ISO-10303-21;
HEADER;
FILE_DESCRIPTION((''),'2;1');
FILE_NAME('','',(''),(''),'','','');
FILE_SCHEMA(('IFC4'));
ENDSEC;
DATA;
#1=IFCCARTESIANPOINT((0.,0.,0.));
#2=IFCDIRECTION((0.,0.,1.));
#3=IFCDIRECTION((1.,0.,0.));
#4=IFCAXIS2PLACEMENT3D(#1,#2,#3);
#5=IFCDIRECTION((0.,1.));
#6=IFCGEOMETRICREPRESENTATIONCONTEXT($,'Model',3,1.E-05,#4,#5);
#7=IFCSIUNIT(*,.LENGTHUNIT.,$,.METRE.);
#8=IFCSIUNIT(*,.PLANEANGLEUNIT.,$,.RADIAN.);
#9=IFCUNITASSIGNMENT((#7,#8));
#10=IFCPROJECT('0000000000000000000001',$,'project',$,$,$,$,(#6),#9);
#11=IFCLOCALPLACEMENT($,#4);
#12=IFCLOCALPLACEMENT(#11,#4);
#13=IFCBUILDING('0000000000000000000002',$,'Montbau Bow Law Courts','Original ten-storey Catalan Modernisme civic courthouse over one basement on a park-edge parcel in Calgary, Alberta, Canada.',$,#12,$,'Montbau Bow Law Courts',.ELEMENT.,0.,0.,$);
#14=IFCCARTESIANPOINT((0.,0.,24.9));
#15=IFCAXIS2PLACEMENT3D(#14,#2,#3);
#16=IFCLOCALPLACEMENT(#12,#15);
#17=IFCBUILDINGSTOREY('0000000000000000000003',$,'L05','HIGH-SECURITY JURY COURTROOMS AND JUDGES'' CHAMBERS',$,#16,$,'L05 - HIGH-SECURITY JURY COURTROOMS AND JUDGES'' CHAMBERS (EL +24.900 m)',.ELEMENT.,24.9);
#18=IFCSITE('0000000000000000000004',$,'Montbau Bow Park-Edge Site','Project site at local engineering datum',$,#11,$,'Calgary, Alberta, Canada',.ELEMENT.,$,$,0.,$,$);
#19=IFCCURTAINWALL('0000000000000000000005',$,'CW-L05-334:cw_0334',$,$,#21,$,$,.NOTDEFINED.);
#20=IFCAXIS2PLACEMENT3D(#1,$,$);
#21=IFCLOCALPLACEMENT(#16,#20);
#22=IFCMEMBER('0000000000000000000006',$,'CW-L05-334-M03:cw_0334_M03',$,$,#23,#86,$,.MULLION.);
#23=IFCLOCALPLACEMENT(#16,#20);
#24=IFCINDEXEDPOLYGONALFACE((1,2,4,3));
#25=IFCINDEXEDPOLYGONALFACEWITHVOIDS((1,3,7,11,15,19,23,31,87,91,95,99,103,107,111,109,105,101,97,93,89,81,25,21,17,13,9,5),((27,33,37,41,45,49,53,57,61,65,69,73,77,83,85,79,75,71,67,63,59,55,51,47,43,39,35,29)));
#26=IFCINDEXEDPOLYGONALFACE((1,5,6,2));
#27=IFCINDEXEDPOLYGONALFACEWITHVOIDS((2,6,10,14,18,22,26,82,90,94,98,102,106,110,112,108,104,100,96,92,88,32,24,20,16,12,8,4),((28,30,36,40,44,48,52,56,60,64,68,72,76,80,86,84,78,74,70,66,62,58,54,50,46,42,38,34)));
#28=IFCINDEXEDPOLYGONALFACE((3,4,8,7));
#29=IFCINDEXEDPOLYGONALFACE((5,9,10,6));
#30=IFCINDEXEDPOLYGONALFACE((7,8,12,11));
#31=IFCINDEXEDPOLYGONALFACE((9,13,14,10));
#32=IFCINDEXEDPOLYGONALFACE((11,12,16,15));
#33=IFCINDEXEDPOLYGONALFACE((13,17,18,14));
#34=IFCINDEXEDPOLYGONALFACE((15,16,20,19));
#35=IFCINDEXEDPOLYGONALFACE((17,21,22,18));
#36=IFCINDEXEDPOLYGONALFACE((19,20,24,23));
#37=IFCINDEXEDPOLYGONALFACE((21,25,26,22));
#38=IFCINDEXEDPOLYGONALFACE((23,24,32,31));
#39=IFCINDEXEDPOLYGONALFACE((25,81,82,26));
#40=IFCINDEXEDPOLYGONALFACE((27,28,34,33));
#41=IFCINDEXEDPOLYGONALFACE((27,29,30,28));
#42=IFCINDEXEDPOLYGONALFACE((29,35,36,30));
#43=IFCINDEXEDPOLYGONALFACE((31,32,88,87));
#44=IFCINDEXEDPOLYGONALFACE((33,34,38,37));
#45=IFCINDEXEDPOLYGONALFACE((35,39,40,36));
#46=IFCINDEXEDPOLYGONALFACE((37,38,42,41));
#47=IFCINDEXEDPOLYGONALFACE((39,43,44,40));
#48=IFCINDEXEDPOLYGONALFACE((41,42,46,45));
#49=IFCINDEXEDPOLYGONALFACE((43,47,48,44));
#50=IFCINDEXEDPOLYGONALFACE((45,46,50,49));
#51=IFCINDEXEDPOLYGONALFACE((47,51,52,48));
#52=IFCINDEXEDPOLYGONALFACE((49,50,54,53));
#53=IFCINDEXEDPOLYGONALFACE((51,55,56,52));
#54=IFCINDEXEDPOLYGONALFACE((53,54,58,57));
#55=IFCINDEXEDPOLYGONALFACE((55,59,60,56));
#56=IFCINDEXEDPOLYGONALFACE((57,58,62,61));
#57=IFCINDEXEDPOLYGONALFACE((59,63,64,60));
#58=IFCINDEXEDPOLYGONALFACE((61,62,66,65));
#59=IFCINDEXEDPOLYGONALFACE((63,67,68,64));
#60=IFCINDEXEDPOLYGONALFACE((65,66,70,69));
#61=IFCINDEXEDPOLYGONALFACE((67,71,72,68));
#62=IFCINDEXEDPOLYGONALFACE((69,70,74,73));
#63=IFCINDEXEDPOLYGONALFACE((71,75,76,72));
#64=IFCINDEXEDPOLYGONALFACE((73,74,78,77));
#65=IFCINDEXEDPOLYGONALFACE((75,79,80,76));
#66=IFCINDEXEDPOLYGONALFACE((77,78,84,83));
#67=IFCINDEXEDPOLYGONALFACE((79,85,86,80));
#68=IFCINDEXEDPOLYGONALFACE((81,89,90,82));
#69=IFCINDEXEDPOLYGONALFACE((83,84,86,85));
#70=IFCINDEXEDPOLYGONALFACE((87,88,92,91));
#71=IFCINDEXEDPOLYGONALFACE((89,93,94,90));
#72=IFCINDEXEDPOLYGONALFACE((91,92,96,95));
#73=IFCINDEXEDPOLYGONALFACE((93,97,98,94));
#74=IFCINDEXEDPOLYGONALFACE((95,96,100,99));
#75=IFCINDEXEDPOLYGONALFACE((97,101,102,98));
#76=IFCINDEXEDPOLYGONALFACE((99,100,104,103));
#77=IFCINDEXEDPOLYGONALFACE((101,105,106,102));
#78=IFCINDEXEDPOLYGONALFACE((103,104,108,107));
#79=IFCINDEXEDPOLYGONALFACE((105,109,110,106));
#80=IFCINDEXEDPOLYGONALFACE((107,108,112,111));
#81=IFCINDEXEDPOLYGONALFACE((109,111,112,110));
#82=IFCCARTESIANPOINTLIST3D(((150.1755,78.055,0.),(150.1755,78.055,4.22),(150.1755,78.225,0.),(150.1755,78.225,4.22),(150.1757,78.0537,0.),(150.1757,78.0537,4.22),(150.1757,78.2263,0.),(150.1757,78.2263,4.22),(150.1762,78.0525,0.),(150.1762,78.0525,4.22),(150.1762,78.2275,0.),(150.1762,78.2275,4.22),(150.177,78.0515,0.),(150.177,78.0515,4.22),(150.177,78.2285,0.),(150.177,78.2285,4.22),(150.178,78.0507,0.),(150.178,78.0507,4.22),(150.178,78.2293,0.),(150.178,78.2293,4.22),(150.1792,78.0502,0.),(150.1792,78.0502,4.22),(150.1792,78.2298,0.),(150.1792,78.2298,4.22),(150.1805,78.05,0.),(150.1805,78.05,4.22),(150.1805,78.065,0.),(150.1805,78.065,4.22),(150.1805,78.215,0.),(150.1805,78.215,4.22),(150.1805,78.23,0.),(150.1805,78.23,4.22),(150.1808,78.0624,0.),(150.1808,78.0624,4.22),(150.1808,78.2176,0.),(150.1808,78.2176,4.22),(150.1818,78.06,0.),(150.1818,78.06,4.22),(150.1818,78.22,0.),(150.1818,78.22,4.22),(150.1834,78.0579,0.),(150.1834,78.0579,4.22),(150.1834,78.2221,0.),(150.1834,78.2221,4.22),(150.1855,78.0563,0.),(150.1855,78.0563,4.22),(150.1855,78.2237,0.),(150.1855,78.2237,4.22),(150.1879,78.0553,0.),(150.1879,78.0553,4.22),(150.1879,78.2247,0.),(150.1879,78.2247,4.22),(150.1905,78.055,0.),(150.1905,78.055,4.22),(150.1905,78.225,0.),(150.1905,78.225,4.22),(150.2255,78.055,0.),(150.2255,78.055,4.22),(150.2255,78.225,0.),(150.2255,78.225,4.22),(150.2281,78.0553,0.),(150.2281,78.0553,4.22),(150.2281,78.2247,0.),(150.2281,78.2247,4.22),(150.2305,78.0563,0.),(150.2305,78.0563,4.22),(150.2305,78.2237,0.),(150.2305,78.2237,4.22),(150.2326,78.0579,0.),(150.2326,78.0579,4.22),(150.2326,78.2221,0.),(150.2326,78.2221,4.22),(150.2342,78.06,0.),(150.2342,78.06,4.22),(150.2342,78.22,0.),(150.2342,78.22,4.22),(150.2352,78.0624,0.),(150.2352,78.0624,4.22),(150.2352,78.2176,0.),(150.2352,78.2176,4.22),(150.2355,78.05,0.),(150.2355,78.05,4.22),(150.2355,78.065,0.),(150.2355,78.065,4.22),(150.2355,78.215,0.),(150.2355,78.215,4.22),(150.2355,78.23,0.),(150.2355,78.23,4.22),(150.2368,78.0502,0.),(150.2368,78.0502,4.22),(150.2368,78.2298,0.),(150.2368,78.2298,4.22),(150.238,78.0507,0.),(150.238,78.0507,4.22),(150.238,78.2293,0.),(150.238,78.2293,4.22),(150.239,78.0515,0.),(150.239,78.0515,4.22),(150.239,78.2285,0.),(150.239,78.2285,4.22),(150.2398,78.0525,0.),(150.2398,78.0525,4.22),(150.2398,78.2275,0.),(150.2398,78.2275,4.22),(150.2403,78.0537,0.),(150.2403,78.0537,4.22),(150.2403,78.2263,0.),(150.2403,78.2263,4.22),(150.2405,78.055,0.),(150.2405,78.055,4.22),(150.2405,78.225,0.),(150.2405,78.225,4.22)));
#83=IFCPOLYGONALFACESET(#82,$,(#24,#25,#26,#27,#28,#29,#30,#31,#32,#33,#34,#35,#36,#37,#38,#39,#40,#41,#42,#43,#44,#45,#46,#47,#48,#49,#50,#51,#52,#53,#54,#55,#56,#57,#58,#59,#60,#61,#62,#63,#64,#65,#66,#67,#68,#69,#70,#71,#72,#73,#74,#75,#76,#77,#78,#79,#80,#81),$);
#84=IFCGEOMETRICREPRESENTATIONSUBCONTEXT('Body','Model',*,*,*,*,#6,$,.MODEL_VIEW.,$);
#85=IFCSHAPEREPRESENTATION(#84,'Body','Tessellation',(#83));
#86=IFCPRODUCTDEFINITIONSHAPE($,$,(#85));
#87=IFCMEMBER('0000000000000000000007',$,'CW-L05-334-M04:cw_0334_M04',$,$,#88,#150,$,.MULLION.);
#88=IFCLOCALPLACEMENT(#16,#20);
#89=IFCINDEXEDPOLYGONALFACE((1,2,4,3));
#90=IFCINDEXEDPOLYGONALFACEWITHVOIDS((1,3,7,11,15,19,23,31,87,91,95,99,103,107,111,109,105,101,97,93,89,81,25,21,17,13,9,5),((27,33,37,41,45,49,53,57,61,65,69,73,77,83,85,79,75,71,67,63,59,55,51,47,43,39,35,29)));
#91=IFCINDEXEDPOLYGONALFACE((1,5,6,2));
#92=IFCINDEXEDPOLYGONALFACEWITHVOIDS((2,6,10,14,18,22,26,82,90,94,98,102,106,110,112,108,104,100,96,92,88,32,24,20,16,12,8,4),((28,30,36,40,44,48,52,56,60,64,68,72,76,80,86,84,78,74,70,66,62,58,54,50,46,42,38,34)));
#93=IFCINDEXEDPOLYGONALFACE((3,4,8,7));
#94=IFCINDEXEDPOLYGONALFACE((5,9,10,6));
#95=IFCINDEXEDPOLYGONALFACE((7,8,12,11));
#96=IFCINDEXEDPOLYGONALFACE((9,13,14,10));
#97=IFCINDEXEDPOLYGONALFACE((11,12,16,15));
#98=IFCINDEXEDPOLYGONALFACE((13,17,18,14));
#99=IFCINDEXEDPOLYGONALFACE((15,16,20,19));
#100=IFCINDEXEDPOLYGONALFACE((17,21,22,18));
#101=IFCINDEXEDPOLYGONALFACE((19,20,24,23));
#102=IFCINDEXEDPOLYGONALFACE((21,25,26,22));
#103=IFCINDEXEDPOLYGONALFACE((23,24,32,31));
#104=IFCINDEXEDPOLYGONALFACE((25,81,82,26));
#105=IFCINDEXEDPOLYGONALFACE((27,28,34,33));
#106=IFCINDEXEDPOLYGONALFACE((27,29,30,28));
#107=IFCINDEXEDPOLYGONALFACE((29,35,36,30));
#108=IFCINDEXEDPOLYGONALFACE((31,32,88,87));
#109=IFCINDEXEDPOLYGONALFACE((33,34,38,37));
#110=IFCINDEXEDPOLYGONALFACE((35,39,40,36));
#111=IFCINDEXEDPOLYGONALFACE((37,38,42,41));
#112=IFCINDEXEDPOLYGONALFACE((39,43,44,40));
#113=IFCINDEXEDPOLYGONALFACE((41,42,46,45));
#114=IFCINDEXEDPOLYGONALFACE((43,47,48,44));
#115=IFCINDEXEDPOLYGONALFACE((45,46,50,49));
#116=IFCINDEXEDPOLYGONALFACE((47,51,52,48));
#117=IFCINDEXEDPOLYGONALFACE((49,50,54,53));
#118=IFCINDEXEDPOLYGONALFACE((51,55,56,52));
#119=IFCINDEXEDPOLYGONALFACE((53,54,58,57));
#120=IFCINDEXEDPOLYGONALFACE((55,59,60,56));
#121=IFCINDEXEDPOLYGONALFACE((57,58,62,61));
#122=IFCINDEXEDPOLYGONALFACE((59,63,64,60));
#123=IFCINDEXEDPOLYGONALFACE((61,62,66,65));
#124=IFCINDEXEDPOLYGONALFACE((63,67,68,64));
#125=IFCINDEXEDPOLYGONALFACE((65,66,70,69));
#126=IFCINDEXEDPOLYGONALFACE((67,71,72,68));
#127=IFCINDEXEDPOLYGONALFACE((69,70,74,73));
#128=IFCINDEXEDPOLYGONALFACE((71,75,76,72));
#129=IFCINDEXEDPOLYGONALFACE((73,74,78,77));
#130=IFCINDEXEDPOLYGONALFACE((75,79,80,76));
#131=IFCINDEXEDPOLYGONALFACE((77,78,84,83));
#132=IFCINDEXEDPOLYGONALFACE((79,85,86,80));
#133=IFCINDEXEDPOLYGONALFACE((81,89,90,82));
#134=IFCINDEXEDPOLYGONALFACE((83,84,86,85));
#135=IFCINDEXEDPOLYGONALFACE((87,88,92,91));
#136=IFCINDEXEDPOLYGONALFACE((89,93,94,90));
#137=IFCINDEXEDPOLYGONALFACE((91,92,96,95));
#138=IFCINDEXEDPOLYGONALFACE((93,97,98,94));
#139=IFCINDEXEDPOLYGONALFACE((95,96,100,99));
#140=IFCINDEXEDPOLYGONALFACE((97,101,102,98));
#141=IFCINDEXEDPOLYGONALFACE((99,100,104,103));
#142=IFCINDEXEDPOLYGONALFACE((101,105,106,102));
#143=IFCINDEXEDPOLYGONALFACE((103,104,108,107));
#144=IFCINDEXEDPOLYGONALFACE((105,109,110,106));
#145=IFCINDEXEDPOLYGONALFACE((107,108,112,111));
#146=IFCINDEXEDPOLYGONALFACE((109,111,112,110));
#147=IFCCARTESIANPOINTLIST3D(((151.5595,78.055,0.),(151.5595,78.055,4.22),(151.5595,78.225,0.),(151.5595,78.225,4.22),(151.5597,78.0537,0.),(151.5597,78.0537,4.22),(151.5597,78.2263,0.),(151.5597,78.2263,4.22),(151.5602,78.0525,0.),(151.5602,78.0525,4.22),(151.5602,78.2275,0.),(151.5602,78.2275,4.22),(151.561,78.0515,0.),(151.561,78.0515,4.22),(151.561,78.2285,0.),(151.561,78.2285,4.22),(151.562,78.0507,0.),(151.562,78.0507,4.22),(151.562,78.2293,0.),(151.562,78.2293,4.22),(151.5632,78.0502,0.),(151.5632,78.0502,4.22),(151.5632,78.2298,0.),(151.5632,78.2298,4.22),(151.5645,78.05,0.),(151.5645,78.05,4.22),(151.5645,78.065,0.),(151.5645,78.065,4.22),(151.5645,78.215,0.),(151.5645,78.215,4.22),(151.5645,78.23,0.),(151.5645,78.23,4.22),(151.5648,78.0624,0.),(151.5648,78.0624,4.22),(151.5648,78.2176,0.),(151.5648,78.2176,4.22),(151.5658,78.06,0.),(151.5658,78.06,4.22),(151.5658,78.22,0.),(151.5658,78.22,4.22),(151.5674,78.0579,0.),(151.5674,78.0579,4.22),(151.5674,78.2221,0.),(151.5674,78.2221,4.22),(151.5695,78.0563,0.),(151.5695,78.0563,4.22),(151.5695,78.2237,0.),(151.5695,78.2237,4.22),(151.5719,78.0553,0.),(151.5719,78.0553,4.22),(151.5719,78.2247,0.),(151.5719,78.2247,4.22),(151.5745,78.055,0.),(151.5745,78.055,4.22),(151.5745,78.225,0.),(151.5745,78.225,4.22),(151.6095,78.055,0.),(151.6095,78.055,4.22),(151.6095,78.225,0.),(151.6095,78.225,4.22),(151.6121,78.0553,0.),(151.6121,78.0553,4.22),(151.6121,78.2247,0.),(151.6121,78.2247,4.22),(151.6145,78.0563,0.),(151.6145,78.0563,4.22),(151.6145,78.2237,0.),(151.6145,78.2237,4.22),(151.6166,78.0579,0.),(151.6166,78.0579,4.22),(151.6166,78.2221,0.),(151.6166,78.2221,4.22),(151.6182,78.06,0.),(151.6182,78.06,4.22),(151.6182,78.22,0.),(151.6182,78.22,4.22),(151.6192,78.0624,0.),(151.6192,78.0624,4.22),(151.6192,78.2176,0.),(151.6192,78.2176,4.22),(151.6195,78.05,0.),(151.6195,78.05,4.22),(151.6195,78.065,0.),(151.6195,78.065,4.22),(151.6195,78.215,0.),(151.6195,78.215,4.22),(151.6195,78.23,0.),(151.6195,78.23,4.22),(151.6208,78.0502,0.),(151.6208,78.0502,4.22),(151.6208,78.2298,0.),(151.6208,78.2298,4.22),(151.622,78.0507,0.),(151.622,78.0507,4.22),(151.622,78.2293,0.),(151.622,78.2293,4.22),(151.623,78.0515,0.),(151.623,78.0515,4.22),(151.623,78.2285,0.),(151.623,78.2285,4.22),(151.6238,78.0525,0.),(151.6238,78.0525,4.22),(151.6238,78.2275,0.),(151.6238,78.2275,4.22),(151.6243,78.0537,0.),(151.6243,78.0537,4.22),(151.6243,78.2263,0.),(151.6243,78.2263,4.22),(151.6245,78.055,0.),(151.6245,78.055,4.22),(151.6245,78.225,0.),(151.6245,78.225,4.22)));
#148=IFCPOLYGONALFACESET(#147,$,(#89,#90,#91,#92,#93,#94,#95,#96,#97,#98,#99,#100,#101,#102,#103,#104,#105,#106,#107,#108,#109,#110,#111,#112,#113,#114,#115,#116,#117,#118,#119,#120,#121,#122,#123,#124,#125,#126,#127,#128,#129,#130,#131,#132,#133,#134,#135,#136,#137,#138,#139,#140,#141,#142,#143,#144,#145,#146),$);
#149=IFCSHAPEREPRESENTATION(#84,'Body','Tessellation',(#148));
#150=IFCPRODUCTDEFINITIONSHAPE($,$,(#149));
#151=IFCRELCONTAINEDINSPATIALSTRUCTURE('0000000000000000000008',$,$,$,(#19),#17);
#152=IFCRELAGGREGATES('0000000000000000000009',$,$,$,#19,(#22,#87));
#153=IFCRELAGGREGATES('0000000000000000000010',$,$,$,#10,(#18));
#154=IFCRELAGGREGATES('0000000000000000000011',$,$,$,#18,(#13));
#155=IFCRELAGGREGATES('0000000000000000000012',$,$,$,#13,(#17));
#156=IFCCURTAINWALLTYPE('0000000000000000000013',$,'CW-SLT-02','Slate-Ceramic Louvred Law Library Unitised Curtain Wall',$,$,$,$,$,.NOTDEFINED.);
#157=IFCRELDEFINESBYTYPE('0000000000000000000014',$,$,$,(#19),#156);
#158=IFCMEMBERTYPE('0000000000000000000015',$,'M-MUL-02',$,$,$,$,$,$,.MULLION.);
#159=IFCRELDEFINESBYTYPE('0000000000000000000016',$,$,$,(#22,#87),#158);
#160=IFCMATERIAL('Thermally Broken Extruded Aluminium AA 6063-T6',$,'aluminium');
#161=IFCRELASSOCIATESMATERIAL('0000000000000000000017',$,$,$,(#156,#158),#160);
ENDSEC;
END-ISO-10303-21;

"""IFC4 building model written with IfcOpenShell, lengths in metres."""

from ifc_helpers import new_model, si_unit, direction, frame, origin_with_axes, origin_2d_with_axis, place, context, subcontext, project, spatial, hollow_rectangle, extrude, material, material_profile, profile_set, type_object, element, aggregate, save


model = new_model("IFC4")

# Units and contexts
model_context = context("Model", 3, precision=1e-05, world=origin_with_axes(), true_north=direction((0.0, 1.0)))
body_context = subcontext(model_context, "Body", "Model", "MODEL_VIEW")
ifc_project = project(units=[si_unit("LENGTHUNIT", "METRE"), si_unit("PLANEANGLEUNIT", "RADIAN")], contexts=[model_context])

# Site, building, storey
site_placement = place(None, origin_with_axes())
site = spatial("IfcSite", under=ifc_project, at=site_placement, Name="Montbau Bow Park-Edge Site", Description="Project site at local engineering datum", LongName="Calgary, Alberta, Canada", CompositionType="ELEMENT", RefElevation=0.0)
building_placement = place(site_placement, origin_with_axes())
building = spatial("IfcBuilding", under=site, at=building_placement, Name="Montbau Bow Law Courts", Description="Original ten-storey Catalan Modernisme civic courthouse over one basement on a park-edge parcel in Calgary, Alberta, Canada.", LongName="Montbau Bow Law Courts", CompositionType="ELEMENT", ElevationOfRefHeight=0.0, ElevationOfTerrain=0.0)
storey_placement = place(building_placement, frame((0.0, 0.0, 24.9), z_axis=(0.0, 0.0, 1.0), x_axis=(1.0, 0.0, 0.0)))
storey = spatial("IfcBuildingStorey", under=building, at=storey_placement, Name="L05", Description="HIGH-SECURITY JURY COURTROOMS AND JUDGES' CHAMBERS", LongName="L05 - HIGH-SECURITY JURY COURTROOMS AND JUDGES' CHAMBERS (EL +24.900 m)", CompositionType="ELEMENT", Elevation=24.9)

# Curtain wall, members
ifc_material_1 = material(Name="Thermally Broken Extruded Aluminium AA 6063-T6", Category="aluminium")
curtain_wall_type = type_object("IfcCurtainWallType", Name="CW-SLT-02", Description="Slate-Ceramic Louvred Law Library Unitised Curtain Wall", PredefinedType="NOTDEFINED", material=ifc_material_1)
curtain_wall_placement = place(None, frame((147.44, 78.14, 24.9), z_axis=(0.0, 0.0, 1.0), x_axis=(1.0, 0.0, 0.0)))
curtain_wall = element("IfcCurtainWall", 1, at=curtain_wall_placement, inside=storey, type_object=curtain_wall_type, Name="CW-L05-334:cw_0334", PredefinedType="NOTDEFINED")
ifc_material_profile_1 = material_profile(ifc_material_1, hollow_rectangle(XDim=0.065, YDim=0.18, WallThickness=0.005, InnerFilletRadius=0.01, OuterFilletRadius=0.005, at=origin_2d_with_axis()), Name="CWM-180X65", Category="Main", Priority=0)
ifc_profile_set_1 = profile_set([ifc_material_profile_1], Name="Thermally Broken Extruded Aluminium AA 6063-T6")
member_type_1 = type_object("IfcMemberType", Name="M-MUL-02", PredefinedType="MULLION", material=ifc_profile_set_1)
member_1_placement = place(None, frame((150.208, 78.14, 24.9), z_axis=(0.0, 0.0, 1.0), x_axis=(1.0, 0.0, 0.0)))
member_1 = element("IfcMember", 2, at=member_1_placement, type_object=member_type_1, Name="CW-L05-334-M03:cw_0334_M03", PredefinedType="MULLION", context=body_context, shape_type="SweptSolid", body=[
    extrude(hollow_rectangle(XDim=0.065, YDim=0.18, WallThickness=0.005, InnerFilletRadius=0.01, OuterFilletRadius=0.005, at=origin_2d_with_axis()), origin_with_axes(), (0.0, 0.0, 1.0), 4.22),
])
member_2_placement = place(None, frame((151.592, 78.14, 24.9), z_axis=(0.0, 0.0, 1.0), x_axis=(1.0, 0.0, 0.0)))
member_2 = element("IfcMember", 3, at=member_2_placement, type_object=member_type_1, Name="CW-L05-334-M04:cw_0334_M04", PredefinedType="MULLION", context=body_context, shape_type="SweptSolid", body=[
    extrude(hollow_rectangle(XDim=0.065, YDim=0.18, WallThickness=0.005, InnerFilletRadius=0.01, OuterFilletRadius=0.005, at=origin_2d_with_axis()), origin_with_axes(), (0.0, 0.0, 1.0), 4.22),
])
aggregate(curtain_wall, [member_1, member_2])

save(model, "model.ifc")
